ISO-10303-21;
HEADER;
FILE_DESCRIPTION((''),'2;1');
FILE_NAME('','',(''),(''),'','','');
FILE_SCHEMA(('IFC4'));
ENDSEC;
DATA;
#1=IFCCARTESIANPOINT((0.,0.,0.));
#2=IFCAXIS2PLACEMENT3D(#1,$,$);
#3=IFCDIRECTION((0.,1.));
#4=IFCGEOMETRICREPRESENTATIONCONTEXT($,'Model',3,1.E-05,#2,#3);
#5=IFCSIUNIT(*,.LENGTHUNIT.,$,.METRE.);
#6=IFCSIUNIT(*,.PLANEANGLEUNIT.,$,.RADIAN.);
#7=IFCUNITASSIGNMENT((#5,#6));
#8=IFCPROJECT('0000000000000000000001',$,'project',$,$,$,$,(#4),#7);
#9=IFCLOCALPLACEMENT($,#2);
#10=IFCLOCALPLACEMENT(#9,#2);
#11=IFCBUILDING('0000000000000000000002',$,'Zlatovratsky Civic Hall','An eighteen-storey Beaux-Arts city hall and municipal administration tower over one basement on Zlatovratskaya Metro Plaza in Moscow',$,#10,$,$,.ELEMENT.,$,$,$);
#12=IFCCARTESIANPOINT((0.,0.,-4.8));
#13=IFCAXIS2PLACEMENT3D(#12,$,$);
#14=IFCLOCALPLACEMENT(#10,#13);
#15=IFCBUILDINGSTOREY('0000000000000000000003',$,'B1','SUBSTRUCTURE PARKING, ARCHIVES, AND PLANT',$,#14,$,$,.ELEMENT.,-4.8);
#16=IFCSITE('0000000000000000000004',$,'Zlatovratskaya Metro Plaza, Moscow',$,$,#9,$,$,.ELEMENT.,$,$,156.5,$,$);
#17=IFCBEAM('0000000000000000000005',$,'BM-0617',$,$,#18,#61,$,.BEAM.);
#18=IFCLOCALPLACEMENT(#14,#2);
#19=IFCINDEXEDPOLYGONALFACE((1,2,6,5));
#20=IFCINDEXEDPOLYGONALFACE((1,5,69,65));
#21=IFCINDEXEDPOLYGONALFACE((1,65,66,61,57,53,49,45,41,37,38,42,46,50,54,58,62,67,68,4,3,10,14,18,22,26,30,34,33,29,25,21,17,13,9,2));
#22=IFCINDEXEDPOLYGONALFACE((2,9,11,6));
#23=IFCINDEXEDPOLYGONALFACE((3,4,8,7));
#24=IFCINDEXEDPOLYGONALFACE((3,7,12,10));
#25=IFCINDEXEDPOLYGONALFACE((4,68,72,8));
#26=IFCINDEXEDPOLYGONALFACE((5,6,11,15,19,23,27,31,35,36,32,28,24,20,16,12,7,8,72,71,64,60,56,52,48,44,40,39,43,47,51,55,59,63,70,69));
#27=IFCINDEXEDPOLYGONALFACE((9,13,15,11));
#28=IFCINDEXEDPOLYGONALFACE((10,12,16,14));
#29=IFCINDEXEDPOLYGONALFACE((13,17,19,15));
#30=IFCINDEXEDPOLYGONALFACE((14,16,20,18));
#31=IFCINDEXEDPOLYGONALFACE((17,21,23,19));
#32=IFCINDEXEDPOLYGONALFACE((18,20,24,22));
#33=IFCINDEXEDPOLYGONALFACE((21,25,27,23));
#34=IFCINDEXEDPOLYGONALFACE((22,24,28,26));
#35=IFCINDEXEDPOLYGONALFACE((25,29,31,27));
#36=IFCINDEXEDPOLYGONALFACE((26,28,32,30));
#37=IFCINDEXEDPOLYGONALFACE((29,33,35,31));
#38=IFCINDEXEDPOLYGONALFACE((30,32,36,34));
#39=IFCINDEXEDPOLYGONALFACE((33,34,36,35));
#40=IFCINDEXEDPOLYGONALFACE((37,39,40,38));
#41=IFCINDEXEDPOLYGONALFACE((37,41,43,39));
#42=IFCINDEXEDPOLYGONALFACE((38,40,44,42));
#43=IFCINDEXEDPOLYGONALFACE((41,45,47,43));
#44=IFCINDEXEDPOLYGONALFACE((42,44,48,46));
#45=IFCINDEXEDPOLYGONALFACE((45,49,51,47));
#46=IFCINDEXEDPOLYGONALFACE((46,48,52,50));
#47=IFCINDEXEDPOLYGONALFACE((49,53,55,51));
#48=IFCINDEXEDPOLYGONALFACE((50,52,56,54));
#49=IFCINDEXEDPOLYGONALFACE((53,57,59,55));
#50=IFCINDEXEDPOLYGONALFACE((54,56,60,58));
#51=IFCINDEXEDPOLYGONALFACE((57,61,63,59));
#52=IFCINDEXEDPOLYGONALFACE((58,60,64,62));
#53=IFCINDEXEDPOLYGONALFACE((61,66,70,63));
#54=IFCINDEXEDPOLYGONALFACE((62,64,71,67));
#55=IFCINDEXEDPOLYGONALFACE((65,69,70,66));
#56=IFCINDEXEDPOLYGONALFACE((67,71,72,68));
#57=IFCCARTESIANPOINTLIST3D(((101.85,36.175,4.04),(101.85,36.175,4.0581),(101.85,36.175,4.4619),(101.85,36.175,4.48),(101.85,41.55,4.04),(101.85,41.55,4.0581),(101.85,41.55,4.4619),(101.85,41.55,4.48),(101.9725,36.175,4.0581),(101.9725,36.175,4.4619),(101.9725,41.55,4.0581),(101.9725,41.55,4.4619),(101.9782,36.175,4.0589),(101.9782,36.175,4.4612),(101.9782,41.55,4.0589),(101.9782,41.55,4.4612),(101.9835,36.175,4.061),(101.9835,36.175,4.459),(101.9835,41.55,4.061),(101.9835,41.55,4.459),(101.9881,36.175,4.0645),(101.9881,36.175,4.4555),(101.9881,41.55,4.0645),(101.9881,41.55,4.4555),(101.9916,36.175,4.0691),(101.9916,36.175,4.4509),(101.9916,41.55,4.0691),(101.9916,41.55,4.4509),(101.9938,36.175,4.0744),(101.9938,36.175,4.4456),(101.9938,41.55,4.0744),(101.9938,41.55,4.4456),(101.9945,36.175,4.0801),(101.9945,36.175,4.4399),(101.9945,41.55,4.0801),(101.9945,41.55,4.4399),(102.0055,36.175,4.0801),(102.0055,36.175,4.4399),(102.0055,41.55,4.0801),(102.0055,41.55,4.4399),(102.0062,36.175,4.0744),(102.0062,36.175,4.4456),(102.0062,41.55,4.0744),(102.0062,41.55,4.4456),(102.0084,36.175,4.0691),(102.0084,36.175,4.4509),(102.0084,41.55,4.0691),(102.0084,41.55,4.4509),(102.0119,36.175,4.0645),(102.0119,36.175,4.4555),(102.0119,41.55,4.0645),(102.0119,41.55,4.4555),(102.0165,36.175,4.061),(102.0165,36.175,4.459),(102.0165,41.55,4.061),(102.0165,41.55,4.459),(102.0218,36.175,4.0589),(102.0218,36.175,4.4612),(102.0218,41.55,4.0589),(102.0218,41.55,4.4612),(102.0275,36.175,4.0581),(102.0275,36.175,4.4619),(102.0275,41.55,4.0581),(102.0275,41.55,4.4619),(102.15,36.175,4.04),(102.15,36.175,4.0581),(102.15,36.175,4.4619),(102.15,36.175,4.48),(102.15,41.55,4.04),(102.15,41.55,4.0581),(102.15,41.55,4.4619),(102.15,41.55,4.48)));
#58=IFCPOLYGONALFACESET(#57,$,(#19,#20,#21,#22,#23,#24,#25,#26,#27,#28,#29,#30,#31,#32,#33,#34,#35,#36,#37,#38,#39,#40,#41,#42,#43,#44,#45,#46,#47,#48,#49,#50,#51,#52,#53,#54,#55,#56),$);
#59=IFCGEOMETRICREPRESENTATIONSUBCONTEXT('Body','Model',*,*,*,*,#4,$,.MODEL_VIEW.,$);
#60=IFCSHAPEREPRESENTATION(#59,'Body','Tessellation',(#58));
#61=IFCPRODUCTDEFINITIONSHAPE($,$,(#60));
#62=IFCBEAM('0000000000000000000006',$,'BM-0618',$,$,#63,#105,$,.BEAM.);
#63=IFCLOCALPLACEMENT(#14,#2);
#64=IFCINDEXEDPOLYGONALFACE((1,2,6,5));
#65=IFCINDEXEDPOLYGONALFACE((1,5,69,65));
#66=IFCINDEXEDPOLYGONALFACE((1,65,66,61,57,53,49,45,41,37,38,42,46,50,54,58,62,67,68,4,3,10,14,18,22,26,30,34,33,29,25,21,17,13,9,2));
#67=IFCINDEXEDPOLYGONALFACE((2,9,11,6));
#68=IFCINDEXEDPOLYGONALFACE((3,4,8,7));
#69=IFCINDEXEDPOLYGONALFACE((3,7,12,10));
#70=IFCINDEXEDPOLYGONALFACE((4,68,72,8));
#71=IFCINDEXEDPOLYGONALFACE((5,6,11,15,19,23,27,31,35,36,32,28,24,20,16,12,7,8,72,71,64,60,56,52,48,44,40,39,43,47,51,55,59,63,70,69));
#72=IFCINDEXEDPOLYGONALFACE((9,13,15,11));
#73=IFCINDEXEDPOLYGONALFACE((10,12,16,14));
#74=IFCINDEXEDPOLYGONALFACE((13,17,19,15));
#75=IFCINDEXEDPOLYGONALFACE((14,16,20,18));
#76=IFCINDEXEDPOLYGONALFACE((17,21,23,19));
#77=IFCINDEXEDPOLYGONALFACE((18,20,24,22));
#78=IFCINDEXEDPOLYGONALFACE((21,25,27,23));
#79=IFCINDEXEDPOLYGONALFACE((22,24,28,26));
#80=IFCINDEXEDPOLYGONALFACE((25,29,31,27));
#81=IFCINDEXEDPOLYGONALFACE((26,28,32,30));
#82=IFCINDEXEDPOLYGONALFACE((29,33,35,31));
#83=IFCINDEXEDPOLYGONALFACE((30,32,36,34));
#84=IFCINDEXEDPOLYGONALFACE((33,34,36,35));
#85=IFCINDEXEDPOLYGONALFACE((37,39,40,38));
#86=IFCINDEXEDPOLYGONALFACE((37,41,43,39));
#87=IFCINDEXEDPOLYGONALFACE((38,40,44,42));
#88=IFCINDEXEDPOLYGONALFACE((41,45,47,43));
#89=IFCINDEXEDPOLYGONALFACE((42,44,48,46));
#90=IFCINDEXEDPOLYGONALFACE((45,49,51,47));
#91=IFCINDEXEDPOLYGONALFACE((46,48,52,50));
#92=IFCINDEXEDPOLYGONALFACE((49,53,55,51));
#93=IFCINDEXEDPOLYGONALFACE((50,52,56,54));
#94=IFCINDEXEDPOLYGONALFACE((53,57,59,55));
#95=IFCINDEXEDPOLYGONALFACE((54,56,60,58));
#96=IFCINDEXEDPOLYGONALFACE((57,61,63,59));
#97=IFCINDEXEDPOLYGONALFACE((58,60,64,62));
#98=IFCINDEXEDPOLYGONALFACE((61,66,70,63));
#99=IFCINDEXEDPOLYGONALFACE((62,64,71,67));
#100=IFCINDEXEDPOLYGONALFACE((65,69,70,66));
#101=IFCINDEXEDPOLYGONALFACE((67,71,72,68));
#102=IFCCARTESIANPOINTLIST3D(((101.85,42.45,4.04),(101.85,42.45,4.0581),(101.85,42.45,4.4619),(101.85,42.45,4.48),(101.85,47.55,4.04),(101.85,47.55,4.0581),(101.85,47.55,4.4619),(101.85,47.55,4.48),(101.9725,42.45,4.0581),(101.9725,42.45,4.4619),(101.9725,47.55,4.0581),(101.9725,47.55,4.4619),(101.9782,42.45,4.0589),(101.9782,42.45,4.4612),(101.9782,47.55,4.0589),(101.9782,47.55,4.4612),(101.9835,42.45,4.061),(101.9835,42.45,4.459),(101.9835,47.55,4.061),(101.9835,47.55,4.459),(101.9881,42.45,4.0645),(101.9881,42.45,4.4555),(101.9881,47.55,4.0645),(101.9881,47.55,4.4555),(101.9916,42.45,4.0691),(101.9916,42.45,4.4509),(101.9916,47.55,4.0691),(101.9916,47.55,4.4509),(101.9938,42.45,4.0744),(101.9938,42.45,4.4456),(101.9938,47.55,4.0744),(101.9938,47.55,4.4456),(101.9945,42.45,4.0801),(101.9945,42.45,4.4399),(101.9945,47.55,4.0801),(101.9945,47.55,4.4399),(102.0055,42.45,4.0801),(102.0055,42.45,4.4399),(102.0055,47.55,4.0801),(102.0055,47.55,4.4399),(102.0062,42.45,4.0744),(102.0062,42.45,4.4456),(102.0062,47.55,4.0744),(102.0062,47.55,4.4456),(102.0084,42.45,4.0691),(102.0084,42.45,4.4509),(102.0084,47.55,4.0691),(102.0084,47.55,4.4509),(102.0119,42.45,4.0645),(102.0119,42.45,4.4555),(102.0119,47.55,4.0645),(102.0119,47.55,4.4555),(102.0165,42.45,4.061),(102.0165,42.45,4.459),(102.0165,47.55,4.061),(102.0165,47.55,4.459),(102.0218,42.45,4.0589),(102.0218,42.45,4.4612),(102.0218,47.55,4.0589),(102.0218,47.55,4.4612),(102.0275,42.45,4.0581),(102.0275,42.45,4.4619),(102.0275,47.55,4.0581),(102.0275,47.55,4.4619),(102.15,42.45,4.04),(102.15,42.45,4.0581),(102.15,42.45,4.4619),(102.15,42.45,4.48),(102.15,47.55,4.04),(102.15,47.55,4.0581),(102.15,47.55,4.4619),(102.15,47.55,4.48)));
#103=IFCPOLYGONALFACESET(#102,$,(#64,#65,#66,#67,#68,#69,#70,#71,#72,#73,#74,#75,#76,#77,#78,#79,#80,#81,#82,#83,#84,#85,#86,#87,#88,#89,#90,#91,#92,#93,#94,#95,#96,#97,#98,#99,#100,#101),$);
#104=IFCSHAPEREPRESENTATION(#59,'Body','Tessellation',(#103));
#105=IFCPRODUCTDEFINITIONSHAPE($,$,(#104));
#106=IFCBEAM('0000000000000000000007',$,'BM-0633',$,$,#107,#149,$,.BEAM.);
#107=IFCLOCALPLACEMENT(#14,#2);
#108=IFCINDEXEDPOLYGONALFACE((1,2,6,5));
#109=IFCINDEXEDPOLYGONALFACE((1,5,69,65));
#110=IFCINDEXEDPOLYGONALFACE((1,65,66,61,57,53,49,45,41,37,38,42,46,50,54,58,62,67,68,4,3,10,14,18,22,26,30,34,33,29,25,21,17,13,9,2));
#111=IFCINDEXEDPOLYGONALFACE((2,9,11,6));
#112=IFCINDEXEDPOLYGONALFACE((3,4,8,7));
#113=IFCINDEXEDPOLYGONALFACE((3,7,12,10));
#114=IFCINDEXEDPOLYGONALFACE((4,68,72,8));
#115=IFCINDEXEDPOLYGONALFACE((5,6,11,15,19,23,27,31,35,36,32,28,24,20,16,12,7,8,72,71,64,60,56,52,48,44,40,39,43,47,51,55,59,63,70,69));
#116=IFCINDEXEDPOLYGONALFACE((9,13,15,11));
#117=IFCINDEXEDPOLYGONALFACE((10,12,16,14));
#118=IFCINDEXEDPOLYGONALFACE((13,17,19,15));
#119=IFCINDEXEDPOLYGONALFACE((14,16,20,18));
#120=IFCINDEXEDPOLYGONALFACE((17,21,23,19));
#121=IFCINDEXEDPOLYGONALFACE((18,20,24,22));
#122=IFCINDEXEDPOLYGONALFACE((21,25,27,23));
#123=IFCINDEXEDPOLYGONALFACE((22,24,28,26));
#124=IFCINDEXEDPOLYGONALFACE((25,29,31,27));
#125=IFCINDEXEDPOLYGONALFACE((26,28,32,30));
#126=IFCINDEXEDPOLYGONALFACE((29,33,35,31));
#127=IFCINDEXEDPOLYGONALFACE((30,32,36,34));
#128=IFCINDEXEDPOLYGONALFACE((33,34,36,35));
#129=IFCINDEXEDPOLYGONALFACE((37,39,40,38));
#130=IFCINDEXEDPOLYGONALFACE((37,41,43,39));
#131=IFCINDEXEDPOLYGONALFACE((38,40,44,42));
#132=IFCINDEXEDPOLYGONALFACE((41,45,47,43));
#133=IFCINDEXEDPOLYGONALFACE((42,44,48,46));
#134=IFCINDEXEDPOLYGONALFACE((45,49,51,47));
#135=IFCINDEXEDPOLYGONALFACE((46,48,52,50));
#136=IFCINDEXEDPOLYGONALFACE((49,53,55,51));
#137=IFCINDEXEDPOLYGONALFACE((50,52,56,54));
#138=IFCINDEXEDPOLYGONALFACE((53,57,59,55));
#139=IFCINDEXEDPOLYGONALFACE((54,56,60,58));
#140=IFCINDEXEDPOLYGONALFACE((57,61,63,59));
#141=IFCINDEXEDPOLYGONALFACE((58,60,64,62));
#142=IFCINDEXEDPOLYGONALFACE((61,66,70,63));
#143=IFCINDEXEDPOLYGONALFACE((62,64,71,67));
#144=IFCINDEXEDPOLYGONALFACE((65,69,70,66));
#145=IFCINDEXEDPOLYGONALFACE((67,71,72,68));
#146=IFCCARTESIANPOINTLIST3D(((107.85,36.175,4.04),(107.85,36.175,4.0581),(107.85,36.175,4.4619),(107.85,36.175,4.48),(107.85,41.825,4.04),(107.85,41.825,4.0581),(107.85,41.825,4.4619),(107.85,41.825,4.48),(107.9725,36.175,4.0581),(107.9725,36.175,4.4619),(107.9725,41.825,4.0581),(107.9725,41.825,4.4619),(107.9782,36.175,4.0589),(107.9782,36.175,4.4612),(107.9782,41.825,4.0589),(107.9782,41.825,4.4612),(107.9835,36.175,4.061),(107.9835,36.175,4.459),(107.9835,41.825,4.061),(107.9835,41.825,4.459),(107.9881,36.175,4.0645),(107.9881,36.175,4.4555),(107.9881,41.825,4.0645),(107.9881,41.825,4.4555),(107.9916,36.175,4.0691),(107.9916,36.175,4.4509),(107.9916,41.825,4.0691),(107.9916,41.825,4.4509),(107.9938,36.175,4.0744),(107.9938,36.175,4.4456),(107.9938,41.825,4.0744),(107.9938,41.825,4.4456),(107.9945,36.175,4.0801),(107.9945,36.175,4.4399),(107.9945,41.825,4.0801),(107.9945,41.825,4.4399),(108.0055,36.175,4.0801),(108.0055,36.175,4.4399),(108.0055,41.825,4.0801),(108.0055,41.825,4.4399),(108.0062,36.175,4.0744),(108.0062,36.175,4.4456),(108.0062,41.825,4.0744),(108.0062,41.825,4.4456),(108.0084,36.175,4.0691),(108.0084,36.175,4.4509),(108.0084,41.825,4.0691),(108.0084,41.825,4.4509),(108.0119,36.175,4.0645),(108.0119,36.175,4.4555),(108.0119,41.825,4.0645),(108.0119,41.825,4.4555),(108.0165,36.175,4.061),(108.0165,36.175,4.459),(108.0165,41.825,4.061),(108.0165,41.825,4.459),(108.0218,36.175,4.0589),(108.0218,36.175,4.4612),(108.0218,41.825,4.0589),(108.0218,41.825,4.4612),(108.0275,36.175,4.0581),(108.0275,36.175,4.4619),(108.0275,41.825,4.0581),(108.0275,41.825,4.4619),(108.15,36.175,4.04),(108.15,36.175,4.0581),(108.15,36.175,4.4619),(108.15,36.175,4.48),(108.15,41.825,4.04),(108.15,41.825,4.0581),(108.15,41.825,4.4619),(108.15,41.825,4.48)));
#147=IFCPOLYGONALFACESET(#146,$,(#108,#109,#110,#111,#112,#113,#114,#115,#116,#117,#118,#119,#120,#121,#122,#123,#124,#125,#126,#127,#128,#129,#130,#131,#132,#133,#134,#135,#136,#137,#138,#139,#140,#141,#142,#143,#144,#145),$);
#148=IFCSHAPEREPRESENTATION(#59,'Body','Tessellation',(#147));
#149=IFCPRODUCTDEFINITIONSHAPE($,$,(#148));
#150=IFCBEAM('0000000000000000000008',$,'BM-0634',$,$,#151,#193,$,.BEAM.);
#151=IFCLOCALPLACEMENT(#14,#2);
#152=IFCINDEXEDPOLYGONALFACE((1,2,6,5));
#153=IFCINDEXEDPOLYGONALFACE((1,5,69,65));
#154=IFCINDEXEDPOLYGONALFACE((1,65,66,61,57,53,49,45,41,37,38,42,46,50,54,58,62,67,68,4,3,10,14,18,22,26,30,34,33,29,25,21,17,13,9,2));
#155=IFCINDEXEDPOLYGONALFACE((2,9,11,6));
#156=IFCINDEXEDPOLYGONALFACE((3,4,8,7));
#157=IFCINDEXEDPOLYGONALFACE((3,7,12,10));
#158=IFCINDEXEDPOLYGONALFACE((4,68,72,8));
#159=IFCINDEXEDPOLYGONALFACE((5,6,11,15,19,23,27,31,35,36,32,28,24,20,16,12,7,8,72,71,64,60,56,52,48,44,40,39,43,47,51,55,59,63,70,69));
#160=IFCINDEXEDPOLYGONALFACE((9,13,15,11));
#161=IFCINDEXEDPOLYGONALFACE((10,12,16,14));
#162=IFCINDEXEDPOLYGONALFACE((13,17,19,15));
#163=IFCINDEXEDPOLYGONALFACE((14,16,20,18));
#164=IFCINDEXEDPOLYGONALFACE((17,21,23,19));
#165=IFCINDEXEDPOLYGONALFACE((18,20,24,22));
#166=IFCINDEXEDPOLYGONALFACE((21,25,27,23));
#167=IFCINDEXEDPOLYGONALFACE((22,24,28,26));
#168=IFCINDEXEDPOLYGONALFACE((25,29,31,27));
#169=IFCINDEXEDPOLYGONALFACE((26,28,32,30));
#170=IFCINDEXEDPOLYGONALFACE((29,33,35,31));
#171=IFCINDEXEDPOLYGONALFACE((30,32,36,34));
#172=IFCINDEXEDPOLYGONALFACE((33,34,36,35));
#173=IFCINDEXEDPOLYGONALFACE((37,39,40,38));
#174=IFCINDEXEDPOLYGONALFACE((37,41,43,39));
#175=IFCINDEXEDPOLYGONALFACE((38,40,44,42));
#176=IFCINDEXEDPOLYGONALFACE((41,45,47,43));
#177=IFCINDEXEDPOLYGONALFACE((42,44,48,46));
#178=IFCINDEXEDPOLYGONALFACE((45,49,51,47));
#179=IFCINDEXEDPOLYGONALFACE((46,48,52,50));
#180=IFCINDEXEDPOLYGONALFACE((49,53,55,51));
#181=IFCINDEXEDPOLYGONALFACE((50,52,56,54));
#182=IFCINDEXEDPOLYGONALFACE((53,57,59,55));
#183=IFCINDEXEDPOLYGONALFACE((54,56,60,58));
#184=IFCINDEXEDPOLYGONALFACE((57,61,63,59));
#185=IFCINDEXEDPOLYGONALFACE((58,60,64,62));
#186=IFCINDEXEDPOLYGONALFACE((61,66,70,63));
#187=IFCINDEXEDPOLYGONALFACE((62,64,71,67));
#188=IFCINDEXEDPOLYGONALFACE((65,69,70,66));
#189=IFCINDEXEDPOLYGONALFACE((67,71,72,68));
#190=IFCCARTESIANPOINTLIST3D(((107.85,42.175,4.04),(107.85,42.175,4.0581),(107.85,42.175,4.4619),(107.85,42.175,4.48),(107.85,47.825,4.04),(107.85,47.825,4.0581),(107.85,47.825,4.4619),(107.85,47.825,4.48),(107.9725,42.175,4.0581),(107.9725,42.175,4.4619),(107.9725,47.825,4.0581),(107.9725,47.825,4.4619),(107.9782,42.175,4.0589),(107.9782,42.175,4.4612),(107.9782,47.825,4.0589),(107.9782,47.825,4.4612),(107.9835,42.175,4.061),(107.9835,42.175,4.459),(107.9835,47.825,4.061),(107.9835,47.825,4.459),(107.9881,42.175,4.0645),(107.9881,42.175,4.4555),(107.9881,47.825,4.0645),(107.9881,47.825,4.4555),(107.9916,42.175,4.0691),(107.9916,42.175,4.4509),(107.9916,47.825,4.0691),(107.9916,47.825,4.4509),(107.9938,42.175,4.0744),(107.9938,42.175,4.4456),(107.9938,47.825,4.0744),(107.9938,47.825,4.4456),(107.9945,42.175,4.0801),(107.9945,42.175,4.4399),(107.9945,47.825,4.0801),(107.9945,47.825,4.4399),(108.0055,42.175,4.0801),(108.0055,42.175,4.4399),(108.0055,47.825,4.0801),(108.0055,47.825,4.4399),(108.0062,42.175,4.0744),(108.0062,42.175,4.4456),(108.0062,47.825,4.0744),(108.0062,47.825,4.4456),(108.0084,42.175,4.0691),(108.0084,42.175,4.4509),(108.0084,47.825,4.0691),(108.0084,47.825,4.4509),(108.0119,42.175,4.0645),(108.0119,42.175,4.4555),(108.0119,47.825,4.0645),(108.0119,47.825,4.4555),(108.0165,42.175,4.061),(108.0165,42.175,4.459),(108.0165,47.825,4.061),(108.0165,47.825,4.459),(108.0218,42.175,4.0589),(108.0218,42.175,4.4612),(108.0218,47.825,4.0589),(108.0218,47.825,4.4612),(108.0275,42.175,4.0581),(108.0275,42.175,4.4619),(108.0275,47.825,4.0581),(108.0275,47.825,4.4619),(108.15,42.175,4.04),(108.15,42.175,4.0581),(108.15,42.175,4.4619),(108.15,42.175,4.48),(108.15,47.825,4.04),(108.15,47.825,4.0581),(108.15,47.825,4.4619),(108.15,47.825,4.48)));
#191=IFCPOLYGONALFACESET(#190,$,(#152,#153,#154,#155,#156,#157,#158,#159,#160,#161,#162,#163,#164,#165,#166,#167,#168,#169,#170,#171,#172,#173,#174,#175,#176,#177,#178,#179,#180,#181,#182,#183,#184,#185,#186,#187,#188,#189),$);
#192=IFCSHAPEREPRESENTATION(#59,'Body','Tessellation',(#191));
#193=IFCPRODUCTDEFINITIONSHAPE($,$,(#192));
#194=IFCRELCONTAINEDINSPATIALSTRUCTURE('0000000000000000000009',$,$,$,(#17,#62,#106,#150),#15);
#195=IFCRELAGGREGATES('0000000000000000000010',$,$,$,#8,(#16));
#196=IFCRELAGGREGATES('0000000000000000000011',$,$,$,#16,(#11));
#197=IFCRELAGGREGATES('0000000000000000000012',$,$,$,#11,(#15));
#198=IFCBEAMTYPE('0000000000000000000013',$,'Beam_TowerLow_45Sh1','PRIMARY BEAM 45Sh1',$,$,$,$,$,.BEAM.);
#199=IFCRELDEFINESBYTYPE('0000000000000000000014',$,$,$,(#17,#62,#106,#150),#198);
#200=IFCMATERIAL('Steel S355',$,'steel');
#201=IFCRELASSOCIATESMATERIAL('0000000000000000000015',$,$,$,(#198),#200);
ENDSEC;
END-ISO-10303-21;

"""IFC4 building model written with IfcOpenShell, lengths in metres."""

from ifc_helpers import new_model, si_unit, direction, frame, origin, origin_2d, place, context, subcontext, project, spatial, i_section, extrude, material, material_profile, profile_set, type_object, element, save


model = new_model("IFC4")

# Units and contexts
model_context = context("Model", 3, precision=1e-05, world=origin(), true_north=direction((0.0, 1.0)))
body_context = subcontext(model_context, "Body", "Model", "MODEL_VIEW")
ifc_project = project(units=[si_unit("LENGTHUNIT", "METRE"), si_unit("PLANEANGLEUNIT", "RADIAN")], contexts=[model_context])

# Site, building, storey
site_placement = place(None, origin())
site = spatial("IfcSite", under=ifc_project, at=site_placement, Name="Zlatovratskaya Metro Plaza, Moscow", CompositionType="ELEMENT", RefElevation=156.5)
building_placement = place(site_placement, origin())
building = spatial("IfcBuilding", under=site, at=building_placement, Name="Zlatovratsky Civic Hall", Description="An eighteen-storey Beaux-Arts city hall and municipal administration tower over one basement on Zlatovratskaya Metro Plaza in Moscow", CompositionType="ELEMENT")
storey_placement = place(building_placement, frame((0.0, 0.0, -4.8)))
storey = spatial("IfcBuildingStorey", under=building, at=storey_placement, Name="B1", Description="SUBSTRUCTURE PARKING, ARCHIVES, AND PLANT", CompositionType="ELEMENT", Elevation=-4.8)

# Shared definitions
ifc_material_1 = material(Name="Steel S355", Category="steel")

# Beams
ifc_material_profile_1 = material_profile(ifc_material_1, i_section(OverallWidth=0.3, OverallDepth=0.4399, WebThickness=0.011, FlangeThickness=0.0181, FilletRadius=0.022, at=origin_2d()), Name="45Sh1")
ifc_profile_set_1 = profile_set([ifc_material_profile_1], Name="Steel S355")
beam_type = type_object("IfcBeamType", Name="Beam_TowerLow_45Sh1", Description="PRIMARY BEAM 45Sh1", PredefinedType="BEAM", material=ifc_profile_set_1)
for number, where, z_axis, x_axis, name in (
    (1, (102.0, 36.175, 4.26), (0.0, 1.0, 0.0), (-1.0, 0.0, 0.0), "BM-0617"),
):
    element("IfcBeam", number, at=place(storey_placement, frame(where, z_axis=z_axis, x_axis=x_axis)), inside=storey, type_object=beam_type, Name=name, PredefinedType="BEAM", context=body_context, shape_type="SweptSolid", body=[
        extrude(i_section(OverallWidth=0.3, OverallDepth=0.4399, WebThickness=0.011, FlangeThickness=0.0181, FilletRadius=0.022, at=origin_2d()), origin(), (0.0, 0.0, 1.0), 5.375),
    ])
beam_1_placement = place(storey_placement, frame((102.0, 42.45, 4.26), z_axis=(0.0, 1.0, 0.0), x_axis=(-1.0, 0.0, 0.0)))
element("IfcBeam", 2, at=beam_1_placement, inside=storey, type_object=beam_type, Name="BM-0618", PredefinedType="BEAM", context=body_context, shape_type="SweptSolid", body=[
    extrude(i_section(OverallWidth=0.3, OverallDepth=0.4399, WebThickness=0.011, FlangeThickness=0.0181, FilletRadius=0.022, at=origin_2d()), origin(), (0.0, 0.0, 1.0), 5.1001),
])
for number, where, z_axis, x_axis, name in (
    (3, (108.0, 36.175, 4.26), (0.0, 1.0, 0.0), (-1.0, 0.0, 0.0), "BM-0633"),
    (4, (108.0, 42.175, 4.26), (0.0, 1.0, 0.0), (-1.0, 0.0, 0.0), "BM-0634"),
):
    element("IfcBeam", number, at=place(storey_placement, frame(where, z_axis=z_axis, x_axis=x_axis)), inside=storey, type_object=beam_type, Name=name, PredefinedType="BEAM", context=body_context, shape_type="SweptSolid", body=[
        extrude(i_section(OverallWidth=0.3, OverallDepth=0.4399, WebThickness=0.011, FlangeThickness=0.0181, FilletRadius=0.022, at=origin_2d()), origin(), (0.0, 0.0, 1.0), 5.6499),
    ])

save(model, "model.ifc")
